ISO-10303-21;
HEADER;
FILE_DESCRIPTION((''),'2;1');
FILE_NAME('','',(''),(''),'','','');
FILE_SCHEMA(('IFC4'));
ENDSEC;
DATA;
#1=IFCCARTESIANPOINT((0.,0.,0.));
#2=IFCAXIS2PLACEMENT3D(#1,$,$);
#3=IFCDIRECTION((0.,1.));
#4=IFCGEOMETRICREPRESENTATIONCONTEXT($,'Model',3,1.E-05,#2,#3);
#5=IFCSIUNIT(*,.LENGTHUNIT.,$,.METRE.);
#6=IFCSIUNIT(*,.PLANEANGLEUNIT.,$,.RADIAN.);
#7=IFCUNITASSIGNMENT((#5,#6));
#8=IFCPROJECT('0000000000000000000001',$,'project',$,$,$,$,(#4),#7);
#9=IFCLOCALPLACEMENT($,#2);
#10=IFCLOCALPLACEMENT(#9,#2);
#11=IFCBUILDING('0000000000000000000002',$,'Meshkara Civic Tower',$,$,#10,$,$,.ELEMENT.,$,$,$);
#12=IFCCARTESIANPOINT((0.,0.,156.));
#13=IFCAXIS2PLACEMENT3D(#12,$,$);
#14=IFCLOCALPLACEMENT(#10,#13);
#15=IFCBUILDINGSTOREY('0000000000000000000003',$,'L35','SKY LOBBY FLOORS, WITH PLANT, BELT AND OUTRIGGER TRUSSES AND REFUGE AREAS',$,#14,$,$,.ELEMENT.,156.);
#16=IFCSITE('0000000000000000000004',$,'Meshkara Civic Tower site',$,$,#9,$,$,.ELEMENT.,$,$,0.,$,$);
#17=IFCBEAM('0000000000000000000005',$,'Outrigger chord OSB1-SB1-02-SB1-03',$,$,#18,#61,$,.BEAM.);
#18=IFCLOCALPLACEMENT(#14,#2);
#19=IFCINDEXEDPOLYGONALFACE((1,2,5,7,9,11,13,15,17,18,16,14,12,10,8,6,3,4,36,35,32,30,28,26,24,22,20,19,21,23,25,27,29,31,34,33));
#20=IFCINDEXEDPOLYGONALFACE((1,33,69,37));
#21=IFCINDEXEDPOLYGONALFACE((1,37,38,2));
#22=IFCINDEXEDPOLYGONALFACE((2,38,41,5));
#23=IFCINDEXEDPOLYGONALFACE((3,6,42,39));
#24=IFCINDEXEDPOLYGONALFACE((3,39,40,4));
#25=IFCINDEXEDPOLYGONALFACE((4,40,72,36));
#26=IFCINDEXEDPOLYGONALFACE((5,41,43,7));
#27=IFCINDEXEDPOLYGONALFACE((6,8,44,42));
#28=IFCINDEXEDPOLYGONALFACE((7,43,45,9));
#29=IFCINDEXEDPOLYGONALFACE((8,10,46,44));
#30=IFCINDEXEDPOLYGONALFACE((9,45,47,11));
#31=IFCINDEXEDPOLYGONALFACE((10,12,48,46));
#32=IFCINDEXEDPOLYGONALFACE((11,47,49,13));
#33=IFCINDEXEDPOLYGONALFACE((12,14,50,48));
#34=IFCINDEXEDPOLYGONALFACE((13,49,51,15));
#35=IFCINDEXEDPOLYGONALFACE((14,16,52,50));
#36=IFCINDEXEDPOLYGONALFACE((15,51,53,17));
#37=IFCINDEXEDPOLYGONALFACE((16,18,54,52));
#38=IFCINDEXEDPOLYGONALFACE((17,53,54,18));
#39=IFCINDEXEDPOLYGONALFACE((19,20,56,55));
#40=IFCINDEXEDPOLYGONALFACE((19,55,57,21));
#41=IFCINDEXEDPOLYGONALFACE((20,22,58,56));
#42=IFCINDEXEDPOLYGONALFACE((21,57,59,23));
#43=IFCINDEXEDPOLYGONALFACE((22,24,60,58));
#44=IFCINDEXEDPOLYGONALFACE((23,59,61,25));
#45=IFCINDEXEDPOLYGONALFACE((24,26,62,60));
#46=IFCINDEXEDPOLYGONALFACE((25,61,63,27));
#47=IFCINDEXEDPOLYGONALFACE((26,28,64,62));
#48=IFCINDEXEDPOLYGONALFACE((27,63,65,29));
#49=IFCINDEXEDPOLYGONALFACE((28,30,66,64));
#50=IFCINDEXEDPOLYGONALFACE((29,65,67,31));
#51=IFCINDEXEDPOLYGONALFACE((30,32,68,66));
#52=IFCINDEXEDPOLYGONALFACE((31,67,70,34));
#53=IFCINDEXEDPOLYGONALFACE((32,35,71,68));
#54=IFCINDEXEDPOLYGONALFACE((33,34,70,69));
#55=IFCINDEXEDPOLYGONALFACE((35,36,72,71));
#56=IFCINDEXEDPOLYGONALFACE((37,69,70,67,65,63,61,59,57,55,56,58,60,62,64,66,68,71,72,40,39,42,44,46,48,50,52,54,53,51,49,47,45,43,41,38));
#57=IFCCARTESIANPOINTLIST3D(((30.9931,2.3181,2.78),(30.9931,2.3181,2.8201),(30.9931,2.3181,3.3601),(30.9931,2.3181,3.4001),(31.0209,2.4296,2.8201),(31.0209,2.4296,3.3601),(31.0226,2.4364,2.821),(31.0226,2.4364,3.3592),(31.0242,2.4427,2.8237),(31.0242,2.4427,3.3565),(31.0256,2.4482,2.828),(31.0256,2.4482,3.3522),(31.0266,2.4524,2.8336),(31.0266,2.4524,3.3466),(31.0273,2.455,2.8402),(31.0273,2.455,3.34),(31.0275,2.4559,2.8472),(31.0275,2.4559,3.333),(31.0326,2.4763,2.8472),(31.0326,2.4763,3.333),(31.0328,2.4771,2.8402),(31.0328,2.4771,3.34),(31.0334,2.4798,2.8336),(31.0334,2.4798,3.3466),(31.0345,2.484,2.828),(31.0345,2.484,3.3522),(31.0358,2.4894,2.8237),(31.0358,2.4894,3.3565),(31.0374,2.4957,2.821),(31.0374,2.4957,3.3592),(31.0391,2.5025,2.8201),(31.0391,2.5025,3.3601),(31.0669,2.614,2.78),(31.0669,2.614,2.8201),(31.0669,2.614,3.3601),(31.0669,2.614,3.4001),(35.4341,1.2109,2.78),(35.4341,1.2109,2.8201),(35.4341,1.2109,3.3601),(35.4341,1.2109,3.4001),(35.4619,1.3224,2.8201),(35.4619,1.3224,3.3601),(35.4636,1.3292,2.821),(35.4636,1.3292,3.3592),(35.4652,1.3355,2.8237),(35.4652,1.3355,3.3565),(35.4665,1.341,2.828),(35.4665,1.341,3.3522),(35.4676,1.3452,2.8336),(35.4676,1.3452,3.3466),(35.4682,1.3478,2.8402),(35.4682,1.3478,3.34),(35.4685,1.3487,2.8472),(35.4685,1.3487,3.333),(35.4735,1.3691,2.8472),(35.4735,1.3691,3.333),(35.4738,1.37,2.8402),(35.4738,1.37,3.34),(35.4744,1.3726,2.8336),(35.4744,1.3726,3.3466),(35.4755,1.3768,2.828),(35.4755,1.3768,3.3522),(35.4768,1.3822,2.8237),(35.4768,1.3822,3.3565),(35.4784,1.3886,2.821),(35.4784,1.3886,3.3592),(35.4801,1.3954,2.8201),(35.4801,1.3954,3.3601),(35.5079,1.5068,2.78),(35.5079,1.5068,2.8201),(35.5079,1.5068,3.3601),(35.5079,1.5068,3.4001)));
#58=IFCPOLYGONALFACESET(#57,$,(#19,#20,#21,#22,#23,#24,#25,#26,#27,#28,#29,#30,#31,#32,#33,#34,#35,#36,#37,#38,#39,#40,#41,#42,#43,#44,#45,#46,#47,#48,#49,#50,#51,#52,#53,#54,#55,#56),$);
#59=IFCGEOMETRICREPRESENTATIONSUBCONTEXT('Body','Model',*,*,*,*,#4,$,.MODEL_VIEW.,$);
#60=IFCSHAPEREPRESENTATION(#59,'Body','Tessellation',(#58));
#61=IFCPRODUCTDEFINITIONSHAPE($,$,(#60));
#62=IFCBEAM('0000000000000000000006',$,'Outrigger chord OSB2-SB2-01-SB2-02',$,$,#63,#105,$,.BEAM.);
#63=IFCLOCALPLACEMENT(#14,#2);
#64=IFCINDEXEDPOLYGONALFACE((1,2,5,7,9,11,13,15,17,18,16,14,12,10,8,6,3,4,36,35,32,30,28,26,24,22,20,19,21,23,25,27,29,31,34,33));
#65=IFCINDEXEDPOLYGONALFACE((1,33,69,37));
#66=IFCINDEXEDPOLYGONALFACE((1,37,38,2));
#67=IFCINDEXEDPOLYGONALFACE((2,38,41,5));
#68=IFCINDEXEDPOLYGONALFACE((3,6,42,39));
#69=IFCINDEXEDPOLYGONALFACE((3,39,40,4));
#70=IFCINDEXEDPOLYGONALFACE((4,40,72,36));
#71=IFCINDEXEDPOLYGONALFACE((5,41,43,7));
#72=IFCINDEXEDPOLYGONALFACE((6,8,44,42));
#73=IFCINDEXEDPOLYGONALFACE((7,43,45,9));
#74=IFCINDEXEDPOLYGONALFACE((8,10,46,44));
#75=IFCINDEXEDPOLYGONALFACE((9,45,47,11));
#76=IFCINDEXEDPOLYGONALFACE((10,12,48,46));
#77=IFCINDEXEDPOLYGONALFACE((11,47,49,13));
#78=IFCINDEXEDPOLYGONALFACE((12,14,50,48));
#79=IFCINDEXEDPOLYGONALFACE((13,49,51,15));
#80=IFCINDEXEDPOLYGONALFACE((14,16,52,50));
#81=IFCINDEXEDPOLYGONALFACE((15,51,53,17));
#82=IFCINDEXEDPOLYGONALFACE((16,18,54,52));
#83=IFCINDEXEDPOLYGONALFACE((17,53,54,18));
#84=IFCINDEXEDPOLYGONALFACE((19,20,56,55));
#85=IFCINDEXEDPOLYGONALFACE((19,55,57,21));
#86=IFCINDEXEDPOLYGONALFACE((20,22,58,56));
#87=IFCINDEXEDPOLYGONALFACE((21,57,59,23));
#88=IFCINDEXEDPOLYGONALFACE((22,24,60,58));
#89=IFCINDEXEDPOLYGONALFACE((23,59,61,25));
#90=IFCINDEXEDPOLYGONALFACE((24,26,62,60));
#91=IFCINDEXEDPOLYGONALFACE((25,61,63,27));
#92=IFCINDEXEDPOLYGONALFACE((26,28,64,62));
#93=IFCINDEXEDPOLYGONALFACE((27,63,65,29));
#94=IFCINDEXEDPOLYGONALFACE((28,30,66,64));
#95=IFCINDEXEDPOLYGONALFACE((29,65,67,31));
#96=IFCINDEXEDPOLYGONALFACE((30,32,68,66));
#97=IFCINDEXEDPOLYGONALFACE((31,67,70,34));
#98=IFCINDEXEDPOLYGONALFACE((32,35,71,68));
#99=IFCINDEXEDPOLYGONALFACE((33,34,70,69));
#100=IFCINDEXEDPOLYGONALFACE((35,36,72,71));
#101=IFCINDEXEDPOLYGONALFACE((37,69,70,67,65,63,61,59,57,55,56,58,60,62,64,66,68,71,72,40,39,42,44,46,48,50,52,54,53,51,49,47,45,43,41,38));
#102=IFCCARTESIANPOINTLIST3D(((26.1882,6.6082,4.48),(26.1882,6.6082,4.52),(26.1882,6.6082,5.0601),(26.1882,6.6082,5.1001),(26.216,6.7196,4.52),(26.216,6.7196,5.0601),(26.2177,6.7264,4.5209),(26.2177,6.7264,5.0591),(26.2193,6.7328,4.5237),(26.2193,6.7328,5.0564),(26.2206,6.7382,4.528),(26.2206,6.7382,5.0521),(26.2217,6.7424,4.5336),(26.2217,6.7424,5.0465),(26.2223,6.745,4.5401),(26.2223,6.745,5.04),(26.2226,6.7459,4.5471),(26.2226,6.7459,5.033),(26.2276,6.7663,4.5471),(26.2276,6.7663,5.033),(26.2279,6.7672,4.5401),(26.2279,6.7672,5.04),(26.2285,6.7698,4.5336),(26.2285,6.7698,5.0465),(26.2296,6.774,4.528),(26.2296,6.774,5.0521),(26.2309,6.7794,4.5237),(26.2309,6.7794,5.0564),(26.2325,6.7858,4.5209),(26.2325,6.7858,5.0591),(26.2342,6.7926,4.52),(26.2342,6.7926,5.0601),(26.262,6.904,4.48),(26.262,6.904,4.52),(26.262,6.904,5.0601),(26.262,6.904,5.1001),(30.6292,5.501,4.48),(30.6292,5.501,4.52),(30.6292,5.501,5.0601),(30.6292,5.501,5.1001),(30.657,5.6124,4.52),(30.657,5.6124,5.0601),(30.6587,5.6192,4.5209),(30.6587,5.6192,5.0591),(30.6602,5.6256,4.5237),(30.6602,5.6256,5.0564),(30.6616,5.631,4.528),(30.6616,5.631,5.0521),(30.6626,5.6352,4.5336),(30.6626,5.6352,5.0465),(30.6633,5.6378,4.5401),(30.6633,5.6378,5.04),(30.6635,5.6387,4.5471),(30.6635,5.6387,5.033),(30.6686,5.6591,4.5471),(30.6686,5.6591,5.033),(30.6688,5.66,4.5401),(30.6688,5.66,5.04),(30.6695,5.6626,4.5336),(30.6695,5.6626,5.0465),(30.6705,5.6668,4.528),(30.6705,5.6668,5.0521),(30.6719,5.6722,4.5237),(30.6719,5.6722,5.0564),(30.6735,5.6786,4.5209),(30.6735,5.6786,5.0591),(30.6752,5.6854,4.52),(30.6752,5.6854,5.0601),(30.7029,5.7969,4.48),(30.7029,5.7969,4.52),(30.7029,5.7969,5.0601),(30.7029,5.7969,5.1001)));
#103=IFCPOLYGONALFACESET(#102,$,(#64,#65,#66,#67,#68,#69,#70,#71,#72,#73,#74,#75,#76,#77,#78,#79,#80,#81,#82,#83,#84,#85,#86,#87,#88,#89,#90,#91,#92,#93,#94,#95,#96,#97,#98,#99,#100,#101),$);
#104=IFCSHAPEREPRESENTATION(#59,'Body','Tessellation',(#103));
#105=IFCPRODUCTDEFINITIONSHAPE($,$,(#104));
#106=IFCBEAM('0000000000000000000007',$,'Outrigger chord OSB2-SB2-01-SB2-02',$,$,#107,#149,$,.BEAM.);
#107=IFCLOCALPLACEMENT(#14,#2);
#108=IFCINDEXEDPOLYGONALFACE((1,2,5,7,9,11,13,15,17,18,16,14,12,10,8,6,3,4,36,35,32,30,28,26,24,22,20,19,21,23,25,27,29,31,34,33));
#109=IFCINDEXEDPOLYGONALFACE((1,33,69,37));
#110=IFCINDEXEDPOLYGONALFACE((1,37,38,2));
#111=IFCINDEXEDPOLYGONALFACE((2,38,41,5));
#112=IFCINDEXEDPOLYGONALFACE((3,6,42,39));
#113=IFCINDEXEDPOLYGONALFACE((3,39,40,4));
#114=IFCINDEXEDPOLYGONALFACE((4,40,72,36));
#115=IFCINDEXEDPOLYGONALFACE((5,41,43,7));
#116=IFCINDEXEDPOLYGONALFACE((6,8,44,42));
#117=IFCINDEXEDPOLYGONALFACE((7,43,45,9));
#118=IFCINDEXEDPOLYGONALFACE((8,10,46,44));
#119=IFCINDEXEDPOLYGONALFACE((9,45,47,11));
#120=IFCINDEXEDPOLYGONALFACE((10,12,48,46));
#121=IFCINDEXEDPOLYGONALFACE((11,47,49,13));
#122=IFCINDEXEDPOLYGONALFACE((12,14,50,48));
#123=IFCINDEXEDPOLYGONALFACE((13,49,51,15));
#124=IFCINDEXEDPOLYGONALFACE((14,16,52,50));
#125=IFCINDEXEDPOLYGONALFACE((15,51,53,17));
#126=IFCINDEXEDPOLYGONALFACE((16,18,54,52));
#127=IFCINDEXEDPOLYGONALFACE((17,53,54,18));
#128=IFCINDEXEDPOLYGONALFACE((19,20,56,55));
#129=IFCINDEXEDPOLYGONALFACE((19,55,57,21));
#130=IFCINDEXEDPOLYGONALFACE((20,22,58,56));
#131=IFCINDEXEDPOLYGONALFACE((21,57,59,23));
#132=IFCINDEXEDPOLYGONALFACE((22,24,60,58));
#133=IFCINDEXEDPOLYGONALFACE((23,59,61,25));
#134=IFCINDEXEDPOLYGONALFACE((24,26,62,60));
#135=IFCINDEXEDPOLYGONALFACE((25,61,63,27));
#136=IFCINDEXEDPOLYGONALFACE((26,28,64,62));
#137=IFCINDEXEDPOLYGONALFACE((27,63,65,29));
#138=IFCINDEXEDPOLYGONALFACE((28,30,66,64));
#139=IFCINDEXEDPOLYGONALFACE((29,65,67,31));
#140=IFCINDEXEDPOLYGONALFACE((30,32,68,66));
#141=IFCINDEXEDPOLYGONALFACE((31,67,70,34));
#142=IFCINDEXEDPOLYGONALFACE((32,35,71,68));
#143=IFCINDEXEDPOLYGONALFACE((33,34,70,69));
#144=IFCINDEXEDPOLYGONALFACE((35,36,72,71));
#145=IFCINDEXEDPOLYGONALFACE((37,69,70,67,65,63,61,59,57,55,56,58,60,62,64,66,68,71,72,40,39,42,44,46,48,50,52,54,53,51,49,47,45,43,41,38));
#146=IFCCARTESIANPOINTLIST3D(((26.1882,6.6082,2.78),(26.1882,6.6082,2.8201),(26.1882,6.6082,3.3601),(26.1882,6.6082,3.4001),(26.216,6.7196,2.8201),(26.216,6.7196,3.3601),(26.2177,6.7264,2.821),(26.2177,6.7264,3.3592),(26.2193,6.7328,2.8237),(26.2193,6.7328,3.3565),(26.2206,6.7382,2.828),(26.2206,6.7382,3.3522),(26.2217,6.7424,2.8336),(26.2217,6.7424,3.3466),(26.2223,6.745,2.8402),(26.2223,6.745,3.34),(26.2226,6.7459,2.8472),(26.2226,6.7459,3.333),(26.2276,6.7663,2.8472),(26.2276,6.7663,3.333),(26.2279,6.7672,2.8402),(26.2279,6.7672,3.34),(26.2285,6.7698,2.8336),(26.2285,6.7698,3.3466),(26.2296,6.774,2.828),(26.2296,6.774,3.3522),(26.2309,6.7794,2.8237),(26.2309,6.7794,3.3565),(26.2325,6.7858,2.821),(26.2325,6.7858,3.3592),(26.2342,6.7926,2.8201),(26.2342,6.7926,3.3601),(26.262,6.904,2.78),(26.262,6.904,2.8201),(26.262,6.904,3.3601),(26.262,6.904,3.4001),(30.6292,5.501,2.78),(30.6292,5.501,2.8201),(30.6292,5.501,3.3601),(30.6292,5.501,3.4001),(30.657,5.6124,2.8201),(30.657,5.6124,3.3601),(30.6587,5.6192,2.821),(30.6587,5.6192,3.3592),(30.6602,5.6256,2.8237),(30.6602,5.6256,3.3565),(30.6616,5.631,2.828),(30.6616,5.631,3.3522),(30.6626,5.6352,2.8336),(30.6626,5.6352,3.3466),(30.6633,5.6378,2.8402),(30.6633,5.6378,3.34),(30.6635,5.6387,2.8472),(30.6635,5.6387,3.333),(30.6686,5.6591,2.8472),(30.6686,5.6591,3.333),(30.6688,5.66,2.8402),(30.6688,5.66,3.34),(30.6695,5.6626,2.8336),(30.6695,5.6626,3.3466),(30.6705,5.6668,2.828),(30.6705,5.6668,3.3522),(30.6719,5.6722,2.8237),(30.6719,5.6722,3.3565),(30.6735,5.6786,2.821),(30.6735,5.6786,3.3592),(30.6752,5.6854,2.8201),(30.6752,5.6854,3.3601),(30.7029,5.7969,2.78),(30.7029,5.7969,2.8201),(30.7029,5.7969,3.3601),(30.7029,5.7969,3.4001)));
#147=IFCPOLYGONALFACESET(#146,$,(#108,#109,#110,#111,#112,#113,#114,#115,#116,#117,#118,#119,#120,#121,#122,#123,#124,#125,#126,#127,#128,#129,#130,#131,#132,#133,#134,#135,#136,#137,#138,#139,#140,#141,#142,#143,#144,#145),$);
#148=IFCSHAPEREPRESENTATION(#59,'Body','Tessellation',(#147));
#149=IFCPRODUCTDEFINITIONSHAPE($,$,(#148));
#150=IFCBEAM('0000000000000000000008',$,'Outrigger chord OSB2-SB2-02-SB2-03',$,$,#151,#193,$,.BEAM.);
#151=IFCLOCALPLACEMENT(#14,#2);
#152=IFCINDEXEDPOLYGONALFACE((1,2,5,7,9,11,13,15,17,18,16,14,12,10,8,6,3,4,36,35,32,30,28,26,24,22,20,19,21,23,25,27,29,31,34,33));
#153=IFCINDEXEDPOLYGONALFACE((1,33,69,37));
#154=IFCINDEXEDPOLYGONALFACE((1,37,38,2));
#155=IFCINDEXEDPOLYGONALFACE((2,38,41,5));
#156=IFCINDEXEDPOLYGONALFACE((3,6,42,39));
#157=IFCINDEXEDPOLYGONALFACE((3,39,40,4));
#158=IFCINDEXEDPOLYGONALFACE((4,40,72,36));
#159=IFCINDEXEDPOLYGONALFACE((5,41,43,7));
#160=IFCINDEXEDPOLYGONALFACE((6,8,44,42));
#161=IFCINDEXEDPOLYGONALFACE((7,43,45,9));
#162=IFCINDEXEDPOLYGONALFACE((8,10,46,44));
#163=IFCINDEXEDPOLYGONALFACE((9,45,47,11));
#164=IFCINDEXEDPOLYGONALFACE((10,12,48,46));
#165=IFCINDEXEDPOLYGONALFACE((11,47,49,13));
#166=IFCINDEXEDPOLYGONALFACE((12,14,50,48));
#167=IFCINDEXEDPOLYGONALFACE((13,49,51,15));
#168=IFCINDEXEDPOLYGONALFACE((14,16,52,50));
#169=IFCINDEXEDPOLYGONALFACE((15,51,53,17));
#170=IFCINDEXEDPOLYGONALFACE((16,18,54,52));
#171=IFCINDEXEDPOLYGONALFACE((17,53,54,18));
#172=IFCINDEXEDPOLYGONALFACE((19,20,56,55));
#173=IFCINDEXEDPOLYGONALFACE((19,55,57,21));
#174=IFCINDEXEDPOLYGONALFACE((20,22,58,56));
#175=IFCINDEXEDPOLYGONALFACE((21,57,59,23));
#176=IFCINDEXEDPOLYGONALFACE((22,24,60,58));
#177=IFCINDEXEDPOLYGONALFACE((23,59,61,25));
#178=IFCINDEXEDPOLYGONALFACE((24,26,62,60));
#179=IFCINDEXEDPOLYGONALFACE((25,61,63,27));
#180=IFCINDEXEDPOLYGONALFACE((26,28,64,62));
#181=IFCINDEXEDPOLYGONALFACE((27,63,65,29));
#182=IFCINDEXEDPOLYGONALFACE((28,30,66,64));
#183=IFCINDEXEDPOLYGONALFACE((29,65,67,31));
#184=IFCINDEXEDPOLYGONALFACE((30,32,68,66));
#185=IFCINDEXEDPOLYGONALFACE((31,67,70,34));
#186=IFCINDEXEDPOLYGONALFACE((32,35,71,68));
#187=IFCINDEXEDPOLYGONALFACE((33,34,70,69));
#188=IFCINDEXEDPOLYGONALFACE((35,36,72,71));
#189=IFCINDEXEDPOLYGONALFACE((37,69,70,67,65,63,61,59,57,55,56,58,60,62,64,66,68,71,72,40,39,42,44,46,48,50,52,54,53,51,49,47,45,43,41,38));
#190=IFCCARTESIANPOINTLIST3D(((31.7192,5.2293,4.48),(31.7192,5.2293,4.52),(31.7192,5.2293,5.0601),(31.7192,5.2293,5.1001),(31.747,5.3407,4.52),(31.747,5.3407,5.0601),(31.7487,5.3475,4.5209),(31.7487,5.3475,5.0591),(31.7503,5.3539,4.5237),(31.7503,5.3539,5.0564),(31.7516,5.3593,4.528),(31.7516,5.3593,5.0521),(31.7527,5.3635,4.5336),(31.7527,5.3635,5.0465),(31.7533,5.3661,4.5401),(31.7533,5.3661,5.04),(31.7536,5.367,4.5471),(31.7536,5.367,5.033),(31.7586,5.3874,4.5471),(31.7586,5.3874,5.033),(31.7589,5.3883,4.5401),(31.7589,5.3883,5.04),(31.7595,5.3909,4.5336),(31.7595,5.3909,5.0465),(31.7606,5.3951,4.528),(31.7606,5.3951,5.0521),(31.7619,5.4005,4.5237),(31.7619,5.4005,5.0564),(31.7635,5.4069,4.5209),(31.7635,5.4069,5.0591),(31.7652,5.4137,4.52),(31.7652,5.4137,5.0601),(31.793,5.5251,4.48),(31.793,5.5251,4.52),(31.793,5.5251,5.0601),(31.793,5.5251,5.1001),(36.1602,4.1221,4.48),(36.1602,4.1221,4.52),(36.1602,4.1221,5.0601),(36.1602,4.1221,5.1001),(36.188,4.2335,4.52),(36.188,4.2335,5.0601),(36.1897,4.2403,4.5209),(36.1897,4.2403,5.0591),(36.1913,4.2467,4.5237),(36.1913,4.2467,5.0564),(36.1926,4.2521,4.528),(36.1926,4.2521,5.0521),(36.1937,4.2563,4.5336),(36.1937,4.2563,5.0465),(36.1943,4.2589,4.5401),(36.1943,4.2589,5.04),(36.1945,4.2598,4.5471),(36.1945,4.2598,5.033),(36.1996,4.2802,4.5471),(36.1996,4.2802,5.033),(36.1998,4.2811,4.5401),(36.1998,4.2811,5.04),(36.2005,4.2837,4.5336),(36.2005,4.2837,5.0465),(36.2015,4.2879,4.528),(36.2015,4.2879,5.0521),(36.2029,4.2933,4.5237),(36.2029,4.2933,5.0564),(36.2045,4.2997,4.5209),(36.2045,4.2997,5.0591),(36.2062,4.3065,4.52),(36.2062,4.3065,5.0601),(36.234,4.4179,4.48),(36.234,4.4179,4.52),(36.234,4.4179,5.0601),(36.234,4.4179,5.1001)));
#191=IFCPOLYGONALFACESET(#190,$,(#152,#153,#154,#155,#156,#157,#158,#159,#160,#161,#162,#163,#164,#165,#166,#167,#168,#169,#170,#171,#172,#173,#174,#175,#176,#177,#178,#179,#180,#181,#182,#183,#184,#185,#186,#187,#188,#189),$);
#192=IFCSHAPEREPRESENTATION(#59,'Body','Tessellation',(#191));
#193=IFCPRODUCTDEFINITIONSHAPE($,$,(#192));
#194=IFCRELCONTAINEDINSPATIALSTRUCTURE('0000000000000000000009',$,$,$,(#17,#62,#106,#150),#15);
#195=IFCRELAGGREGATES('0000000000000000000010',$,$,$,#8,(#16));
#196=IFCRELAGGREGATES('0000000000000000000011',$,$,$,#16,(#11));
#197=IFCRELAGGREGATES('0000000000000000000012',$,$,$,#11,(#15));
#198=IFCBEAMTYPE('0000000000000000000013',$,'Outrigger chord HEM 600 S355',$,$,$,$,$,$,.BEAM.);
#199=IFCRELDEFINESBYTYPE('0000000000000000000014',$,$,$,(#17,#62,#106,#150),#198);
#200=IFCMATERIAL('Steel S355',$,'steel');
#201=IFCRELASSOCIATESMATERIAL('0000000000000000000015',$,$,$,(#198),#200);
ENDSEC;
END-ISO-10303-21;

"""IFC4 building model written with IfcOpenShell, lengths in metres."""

from ifc_helpers import new_model, si_unit, direction, frame, origin, origin_2d, place, context, subcontext, project, spatial, i_section, extrude, material, material_profile, profile_set, type_object, element, save


model = new_model("IFC4")

# Units and contexts
model_context = context("Model", 3, precision=1e-05, world=origin(), true_north=direction((0.0, 1.0)))
body_context = subcontext(model_context, "Body", "Model", "MODEL_VIEW")
ifc_project = project(units=[si_unit("LENGTHUNIT", "METRE"), si_unit("PLANEANGLEUNIT", "RADIAN")], contexts=[model_context])

# Site, building, storey
site_placement = place(None, origin())
site = spatial("IfcSite", under=ifc_project, at=site_placement, Name="Meshkara Civic Tower site", CompositionType="ELEMENT", RefElevation=0.0)
building_placement = place(site_placement, origin())
building = spatial("IfcBuilding", under=site, at=building_placement, Name="Meshkara Civic Tower", CompositionType="ELEMENT")
storey_placement = place(building_placement, frame((0.0, 0.0, 156.0)))
storey = spatial("IfcBuildingStorey", under=building, at=storey_placement, Name="L35", Description="SKY LOBBY FLOORS, WITH PLANT, BELT AND OUTRIGGER TRUSSES AND REFUGE AREAS", CompositionType="ELEMENT", Elevation=156.0)

# Beams
ifc_material_1 = material(Name="Steel S355", Category="steel")
ifc_material_profile_1 = material_profile(ifc_material_1, i_section(OverallWidth=0.3049, OverallDepth=0.6201, WebThickness=0.021, FlangeThickness=0.04, FilletRadius=0.0271, at=origin_2d()))
ifc_profile_set_1 = profile_set([ifc_material_profile_1], Name="Steel S355")
beam_type = type_object("IfcBeamType", Name="Outrigger chord HEM 600 S355", PredefinedType="BEAM", material=ifc_profile_set_1)
for number, where, z_axis, x_axis, name in (
    (1, (31.03, 2.4661, 3.0901), (0.970299, -0.241908, 0.0), (0.241908, 0.970299, 0.0), "Outrigger chord OSB1-SB1-02-SB1-03"),
    (2, (26.2251, 6.7561, 4.79), (0.970299, -0.241908, 0.0), (0.241908, 0.970299, 0.0), "Outrigger chord OSB2-SB2-01-SB2-02"),
    (3, (26.2251, 6.7561, 3.0901), (0.970299, -0.241908, 0.0), (0.241908, 0.970299, 0.0), "Outrigger chord OSB2-SB2-01-SB2-02"),
    (4, (31.7561, 5.3772, 4.79), (0.970299, -0.241908, 0.0), (0.241908, 0.970299, 0.0), "Outrigger chord OSB2-SB2-02-SB2-03"),
):
    element("IfcBeam", number, at=place(storey_placement, frame(where, z_axis=z_axis, x_axis=x_axis)), inside=storey, type_object=beam_type, Name=name, PredefinedType="BEAM", context=body_context, shape_type="SweptSolid", body=[
        extrude(i_section(OverallWidth=0.3049, OverallDepth=0.6201, WebThickness=0.021, FlangeThickness=0.04, FilletRadius=0.0271, at=origin_2d()), origin(), (0.0, 0.0, 1.0), 4.5769),
    ])

save(model, "model.ifc")
